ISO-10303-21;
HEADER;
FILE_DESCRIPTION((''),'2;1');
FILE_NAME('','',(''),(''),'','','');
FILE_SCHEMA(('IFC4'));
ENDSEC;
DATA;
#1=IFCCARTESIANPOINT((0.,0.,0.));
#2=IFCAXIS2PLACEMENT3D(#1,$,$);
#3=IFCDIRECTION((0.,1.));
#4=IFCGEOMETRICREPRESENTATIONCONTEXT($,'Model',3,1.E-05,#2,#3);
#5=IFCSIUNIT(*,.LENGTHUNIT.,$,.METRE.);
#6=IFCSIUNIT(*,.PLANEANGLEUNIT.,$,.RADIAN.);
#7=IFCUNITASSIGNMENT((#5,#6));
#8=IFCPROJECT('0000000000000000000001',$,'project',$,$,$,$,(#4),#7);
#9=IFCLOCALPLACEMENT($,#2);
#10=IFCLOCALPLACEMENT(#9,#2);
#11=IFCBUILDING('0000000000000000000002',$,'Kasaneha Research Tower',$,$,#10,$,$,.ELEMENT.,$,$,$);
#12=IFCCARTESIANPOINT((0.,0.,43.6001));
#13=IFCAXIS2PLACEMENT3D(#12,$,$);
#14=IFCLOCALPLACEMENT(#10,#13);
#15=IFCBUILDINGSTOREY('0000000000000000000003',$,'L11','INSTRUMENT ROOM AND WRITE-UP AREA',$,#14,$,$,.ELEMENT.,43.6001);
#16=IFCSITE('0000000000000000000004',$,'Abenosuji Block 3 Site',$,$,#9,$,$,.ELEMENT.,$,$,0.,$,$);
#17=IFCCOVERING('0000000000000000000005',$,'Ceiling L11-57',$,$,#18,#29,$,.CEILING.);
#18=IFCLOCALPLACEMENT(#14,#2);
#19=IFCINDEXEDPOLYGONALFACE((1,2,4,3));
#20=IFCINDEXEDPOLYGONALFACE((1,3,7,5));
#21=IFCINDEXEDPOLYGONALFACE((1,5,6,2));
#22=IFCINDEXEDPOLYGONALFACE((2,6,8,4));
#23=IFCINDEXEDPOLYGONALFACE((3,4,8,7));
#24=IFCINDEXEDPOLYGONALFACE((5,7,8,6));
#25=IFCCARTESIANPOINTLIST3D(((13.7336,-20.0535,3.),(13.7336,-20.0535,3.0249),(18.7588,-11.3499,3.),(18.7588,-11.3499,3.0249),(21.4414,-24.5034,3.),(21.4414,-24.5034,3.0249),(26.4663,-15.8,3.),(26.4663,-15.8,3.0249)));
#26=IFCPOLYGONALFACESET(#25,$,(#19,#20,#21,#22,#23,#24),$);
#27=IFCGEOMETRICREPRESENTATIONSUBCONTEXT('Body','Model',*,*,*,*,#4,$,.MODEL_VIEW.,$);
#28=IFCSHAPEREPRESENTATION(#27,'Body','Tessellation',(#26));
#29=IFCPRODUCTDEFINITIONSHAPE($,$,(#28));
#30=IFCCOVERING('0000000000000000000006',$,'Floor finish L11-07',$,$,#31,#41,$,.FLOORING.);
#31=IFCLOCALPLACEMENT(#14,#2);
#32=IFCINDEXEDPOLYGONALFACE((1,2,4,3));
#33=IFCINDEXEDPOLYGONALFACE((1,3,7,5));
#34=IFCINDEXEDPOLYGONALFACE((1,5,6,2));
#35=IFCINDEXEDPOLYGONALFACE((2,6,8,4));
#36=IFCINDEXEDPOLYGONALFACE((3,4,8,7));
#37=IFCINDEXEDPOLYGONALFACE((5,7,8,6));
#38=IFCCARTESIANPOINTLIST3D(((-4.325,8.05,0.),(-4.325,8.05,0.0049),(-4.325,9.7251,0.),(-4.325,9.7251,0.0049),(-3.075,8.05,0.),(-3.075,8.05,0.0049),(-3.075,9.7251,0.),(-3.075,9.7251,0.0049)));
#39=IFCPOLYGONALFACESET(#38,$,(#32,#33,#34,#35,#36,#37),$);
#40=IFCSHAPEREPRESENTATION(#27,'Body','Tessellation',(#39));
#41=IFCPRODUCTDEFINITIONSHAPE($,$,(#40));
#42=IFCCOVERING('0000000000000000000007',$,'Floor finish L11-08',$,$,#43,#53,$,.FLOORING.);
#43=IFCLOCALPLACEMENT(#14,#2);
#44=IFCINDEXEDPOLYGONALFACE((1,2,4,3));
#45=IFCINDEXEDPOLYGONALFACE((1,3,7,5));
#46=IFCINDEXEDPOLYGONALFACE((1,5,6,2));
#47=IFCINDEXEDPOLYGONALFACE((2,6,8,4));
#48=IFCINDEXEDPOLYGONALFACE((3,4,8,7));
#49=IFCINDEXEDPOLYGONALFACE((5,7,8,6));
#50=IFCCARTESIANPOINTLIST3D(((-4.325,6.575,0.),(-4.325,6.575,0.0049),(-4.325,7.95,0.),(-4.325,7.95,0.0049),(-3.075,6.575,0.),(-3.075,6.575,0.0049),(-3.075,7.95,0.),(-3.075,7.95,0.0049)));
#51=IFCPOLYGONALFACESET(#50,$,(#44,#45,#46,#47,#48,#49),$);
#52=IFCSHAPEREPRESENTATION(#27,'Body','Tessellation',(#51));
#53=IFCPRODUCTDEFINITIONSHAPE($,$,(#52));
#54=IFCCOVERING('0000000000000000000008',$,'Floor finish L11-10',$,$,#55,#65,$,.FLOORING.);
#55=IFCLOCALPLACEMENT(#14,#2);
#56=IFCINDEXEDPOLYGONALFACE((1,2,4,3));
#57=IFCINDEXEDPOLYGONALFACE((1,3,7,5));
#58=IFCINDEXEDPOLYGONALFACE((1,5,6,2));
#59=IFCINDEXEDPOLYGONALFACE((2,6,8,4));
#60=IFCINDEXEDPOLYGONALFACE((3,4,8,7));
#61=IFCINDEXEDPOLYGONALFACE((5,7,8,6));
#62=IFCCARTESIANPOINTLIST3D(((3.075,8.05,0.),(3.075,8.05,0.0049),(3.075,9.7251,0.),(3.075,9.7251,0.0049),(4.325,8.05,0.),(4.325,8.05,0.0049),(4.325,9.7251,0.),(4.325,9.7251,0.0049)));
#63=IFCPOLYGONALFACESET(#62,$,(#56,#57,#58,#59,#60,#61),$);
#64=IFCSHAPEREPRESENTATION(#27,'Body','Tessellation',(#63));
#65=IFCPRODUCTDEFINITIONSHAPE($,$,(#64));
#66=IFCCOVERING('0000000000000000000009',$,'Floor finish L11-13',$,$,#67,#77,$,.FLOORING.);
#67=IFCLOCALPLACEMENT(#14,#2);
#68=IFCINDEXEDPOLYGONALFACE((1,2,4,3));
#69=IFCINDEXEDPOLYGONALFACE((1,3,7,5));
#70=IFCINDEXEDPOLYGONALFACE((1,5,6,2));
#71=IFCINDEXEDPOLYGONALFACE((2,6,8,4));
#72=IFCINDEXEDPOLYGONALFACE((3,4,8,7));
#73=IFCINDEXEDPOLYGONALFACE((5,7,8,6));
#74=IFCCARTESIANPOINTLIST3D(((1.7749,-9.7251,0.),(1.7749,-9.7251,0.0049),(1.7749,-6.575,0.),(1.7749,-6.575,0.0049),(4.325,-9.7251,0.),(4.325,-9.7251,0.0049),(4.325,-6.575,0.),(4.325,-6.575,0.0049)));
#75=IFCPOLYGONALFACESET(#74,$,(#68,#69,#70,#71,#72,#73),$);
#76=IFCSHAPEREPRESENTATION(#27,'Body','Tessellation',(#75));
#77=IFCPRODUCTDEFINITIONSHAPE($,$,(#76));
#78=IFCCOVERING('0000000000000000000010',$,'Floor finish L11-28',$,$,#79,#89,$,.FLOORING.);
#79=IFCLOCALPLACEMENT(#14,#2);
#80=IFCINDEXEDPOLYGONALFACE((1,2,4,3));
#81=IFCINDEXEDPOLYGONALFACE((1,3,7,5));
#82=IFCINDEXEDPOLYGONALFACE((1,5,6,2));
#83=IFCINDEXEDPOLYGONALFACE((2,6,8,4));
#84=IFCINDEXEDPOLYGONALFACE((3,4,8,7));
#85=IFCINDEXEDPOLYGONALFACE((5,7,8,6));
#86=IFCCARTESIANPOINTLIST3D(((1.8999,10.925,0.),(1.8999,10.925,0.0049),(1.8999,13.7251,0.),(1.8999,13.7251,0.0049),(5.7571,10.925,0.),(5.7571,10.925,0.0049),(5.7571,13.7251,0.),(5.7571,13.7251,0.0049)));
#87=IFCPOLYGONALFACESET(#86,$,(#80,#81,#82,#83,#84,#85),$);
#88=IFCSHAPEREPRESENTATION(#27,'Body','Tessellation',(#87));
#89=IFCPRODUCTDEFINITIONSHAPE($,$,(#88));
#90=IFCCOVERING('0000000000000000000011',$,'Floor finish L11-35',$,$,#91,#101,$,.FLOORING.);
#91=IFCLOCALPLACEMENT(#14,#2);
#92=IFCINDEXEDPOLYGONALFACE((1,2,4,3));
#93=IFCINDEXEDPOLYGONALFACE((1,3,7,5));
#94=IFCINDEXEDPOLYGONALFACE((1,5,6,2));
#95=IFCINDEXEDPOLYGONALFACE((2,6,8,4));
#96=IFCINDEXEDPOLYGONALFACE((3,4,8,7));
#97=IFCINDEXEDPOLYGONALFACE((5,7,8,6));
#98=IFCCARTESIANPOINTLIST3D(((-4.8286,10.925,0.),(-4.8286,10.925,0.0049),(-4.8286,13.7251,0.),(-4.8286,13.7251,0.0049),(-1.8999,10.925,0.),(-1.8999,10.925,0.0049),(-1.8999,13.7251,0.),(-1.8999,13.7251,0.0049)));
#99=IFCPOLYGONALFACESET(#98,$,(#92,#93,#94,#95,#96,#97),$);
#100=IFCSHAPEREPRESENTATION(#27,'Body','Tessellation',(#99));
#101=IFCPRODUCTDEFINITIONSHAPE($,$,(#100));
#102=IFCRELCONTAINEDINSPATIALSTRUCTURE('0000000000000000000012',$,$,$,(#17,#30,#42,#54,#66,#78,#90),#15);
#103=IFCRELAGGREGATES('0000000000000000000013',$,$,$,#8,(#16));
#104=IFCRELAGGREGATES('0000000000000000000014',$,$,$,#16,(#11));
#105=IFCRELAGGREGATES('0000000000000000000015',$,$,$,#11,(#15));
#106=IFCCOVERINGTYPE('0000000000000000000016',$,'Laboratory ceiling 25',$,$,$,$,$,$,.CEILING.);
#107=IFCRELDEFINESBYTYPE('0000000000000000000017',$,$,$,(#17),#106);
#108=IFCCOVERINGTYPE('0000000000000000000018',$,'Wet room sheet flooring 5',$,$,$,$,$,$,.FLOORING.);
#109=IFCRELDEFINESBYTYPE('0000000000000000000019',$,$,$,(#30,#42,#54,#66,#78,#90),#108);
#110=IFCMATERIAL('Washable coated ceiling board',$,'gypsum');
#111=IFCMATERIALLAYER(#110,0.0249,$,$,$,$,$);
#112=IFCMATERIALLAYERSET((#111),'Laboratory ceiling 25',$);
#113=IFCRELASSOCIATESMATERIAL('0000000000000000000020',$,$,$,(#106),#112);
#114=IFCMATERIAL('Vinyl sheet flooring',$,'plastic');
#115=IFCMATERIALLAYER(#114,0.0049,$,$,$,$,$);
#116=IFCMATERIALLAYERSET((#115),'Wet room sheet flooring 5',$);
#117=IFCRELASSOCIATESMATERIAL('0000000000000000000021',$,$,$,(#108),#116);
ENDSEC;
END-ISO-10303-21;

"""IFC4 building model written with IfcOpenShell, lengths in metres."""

from ifc_helpers import new_model, si_unit, direction, frame, origin, place, context, subcontext, project, spatial, polyline, outline, extrude, material, layer, layer_set, type_object, element, save


model = new_model("IFC4")

# Units and contexts
model_context = context("Model", 3, precision=1e-05, world=origin(), true_north=direction((0.0, 1.0)))
body_context = subcontext(model_context, "Body", "Model", "MODEL_VIEW")
ifc_project = project(units=[si_unit("LENGTHUNIT", "METRE"), si_unit("PLANEANGLEUNIT", "RADIAN")], contexts=[model_context])

# Site, building, storey
site_placement = place(None, origin())
site = spatial("IfcSite", under=ifc_project, at=site_placement, Name="Abenosuji Block 3 Site", CompositionType="ELEMENT", RefElevation=0.0)
building_placement = place(site_placement, origin())
building = spatial("IfcBuilding", under=site, at=building_placement, Name="Kasaneha Research Tower", CompositionType="ELEMENT")
storey_placement = place(building_placement, frame((0.0, 0.0, 43.6001)))
storey = spatial("IfcBuildingStorey", under=building, at=storey_placement, Name="L11", Description="INSTRUMENT ROOM AND WRITE-UP AREA", CompositionType="ELEMENT", Elevation=43.6001)

# Coverings
ifc_material_1 = material(Name="Washable coated ceiling board", Category="gypsum")
ifc_layer_1 = layer(ifc_material_1, 0.0249)
ifc_layer_set_1 = layer_set([ifc_layer_1], Name="Laboratory ceiling 25")
covering_type_1 = type_object("IfcCoveringType", Name="Laboratory ceiling 25", PredefinedType="CEILING", material=ifc_layer_set_1)
covering_1_placement = place(storey_placement, frame((0.0, 0.0, 3.0)))
element("IfcCovering", 1, at=covering_1_placement, inside=storey, type_object=covering_type_1, Name="Ceiling L11-57", PredefinedType="CEILING", context=body_context, shape_type="SweptSolid", body=[
    extrude(outline(polyline([(21.4414, -24.5034), (13.7336, -20.0535), (18.7588, -11.3499), (26.4663, -15.8), (21.4414, -24.5034)])), origin(), (0.0, 0.0, 1.0), 0.0249),
])
ifc_material_2 = material(Name="Vinyl sheet flooring", Category="plastic")
ifc_layer_2 = layer(ifc_material_2, 0.0049)
ifc_layer_set_2 = layer_set([ifc_layer_2], Name="Wet room sheet flooring 5")
covering_type_2 = type_object("IfcCoveringType", Name="Wet room sheet flooring 5", PredefinedType="FLOORING", material=ifc_layer_set_2)
covering_2_placement = place(storey_placement, origin())
element("IfcCovering", 2, at=covering_2_placement, inside=storey, type_object=covering_type_2, Name="Floor finish L11-07", PredefinedType="FLOORING", context=body_context, shape_type="SweptSolid", body=[
    extrude(outline(polyline([(-4.325, 8.05), (-4.325, 9.7251), (-3.075, 9.7251), (-3.075, 8.05), (-4.325, 8.05)])), origin(), (0.0, 0.0, 1.0), 0.0049),
])
covering_3_placement = place(storey_placement, origin())
element("IfcCovering", 3, at=covering_3_placement, inside=storey, type_object=covering_type_2, Name="Floor finish L11-08", PredefinedType="FLOORING", context=body_context, shape_type="SweptSolid", body=[
    extrude(outline(polyline([(-4.325, 6.575), (-4.325, 7.95), (-3.075, 7.95), (-3.075, 6.575), (-4.325, 6.575)])), origin(), (0.0, 0.0, 1.0), 0.0049),
])
covering_4_placement = place(storey_placement, origin())
element("IfcCovering", 4, at=covering_4_placement, inside=storey, type_object=covering_type_2, Name="Floor finish L11-10", PredefinedType="FLOORING", context=body_context, shape_type="SweptSolid", body=[
    extrude(outline(polyline([(4.325, 8.05), (3.075, 8.05), (3.075, 9.7251), (4.325, 9.7251), (4.325, 8.05)])), origin(), (0.0, 0.0, 1.0), 0.0049),
])
covering_5_placement = place(storey_placement, origin())
element("IfcCovering", 5, at=covering_5_placement, inside=storey, type_object=covering_type_2, Name="Floor finish L11-13", PredefinedType="FLOORING", context=body_context, shape_type="SweptSolid", body=[
    extrude(outline(polyline([(1.7749, -9.7251), (1.7749, -6.575), (4.325, -6.575), (4.325, -9.7251), (1.7749, -9.7251)])), origin(), (0.0, 0.0, 1.0), 0.0049),
])
covering_6_placement = place(storey_placement, origin())
element("IfcCovering", 6, at=covering_6_placement, inside=storey, type_object=covering_type_2, Name="Floor finish L11-28", PredefinedType="FLOORING", context=body_context, shape_type="SweptSolid", body=[
    extrude(outline(polyline([(1.8999, 13.7251), (5.7571, 13.7251), (5.7571, 10.925), (1.8999, 10.925), (1.8999, 13.7251)])), origin(), (0.0, 0.0, 1.0), 0.0049),
])
covering_7_placement = place(storey_placement, origin())
element("IfcCovering", 7, at=covering_7_placement, inside=storey, type_object=covering_type_2, Name="Floor finish L11-35", PredefinedType="FLOORING", context=body_context, shape_type="SweptSolid", body=[
    extrude(outline(polyline([(-4.8286, 10.925), (-4.8286, 13.7251), (-1.8999, 13.7251), (-1.8999, 10.925), (-4.8286, 10.925)])), origin(), (0.0, 0.0, 1.0), 0.0049),
])

save(model, "model.ifc")
